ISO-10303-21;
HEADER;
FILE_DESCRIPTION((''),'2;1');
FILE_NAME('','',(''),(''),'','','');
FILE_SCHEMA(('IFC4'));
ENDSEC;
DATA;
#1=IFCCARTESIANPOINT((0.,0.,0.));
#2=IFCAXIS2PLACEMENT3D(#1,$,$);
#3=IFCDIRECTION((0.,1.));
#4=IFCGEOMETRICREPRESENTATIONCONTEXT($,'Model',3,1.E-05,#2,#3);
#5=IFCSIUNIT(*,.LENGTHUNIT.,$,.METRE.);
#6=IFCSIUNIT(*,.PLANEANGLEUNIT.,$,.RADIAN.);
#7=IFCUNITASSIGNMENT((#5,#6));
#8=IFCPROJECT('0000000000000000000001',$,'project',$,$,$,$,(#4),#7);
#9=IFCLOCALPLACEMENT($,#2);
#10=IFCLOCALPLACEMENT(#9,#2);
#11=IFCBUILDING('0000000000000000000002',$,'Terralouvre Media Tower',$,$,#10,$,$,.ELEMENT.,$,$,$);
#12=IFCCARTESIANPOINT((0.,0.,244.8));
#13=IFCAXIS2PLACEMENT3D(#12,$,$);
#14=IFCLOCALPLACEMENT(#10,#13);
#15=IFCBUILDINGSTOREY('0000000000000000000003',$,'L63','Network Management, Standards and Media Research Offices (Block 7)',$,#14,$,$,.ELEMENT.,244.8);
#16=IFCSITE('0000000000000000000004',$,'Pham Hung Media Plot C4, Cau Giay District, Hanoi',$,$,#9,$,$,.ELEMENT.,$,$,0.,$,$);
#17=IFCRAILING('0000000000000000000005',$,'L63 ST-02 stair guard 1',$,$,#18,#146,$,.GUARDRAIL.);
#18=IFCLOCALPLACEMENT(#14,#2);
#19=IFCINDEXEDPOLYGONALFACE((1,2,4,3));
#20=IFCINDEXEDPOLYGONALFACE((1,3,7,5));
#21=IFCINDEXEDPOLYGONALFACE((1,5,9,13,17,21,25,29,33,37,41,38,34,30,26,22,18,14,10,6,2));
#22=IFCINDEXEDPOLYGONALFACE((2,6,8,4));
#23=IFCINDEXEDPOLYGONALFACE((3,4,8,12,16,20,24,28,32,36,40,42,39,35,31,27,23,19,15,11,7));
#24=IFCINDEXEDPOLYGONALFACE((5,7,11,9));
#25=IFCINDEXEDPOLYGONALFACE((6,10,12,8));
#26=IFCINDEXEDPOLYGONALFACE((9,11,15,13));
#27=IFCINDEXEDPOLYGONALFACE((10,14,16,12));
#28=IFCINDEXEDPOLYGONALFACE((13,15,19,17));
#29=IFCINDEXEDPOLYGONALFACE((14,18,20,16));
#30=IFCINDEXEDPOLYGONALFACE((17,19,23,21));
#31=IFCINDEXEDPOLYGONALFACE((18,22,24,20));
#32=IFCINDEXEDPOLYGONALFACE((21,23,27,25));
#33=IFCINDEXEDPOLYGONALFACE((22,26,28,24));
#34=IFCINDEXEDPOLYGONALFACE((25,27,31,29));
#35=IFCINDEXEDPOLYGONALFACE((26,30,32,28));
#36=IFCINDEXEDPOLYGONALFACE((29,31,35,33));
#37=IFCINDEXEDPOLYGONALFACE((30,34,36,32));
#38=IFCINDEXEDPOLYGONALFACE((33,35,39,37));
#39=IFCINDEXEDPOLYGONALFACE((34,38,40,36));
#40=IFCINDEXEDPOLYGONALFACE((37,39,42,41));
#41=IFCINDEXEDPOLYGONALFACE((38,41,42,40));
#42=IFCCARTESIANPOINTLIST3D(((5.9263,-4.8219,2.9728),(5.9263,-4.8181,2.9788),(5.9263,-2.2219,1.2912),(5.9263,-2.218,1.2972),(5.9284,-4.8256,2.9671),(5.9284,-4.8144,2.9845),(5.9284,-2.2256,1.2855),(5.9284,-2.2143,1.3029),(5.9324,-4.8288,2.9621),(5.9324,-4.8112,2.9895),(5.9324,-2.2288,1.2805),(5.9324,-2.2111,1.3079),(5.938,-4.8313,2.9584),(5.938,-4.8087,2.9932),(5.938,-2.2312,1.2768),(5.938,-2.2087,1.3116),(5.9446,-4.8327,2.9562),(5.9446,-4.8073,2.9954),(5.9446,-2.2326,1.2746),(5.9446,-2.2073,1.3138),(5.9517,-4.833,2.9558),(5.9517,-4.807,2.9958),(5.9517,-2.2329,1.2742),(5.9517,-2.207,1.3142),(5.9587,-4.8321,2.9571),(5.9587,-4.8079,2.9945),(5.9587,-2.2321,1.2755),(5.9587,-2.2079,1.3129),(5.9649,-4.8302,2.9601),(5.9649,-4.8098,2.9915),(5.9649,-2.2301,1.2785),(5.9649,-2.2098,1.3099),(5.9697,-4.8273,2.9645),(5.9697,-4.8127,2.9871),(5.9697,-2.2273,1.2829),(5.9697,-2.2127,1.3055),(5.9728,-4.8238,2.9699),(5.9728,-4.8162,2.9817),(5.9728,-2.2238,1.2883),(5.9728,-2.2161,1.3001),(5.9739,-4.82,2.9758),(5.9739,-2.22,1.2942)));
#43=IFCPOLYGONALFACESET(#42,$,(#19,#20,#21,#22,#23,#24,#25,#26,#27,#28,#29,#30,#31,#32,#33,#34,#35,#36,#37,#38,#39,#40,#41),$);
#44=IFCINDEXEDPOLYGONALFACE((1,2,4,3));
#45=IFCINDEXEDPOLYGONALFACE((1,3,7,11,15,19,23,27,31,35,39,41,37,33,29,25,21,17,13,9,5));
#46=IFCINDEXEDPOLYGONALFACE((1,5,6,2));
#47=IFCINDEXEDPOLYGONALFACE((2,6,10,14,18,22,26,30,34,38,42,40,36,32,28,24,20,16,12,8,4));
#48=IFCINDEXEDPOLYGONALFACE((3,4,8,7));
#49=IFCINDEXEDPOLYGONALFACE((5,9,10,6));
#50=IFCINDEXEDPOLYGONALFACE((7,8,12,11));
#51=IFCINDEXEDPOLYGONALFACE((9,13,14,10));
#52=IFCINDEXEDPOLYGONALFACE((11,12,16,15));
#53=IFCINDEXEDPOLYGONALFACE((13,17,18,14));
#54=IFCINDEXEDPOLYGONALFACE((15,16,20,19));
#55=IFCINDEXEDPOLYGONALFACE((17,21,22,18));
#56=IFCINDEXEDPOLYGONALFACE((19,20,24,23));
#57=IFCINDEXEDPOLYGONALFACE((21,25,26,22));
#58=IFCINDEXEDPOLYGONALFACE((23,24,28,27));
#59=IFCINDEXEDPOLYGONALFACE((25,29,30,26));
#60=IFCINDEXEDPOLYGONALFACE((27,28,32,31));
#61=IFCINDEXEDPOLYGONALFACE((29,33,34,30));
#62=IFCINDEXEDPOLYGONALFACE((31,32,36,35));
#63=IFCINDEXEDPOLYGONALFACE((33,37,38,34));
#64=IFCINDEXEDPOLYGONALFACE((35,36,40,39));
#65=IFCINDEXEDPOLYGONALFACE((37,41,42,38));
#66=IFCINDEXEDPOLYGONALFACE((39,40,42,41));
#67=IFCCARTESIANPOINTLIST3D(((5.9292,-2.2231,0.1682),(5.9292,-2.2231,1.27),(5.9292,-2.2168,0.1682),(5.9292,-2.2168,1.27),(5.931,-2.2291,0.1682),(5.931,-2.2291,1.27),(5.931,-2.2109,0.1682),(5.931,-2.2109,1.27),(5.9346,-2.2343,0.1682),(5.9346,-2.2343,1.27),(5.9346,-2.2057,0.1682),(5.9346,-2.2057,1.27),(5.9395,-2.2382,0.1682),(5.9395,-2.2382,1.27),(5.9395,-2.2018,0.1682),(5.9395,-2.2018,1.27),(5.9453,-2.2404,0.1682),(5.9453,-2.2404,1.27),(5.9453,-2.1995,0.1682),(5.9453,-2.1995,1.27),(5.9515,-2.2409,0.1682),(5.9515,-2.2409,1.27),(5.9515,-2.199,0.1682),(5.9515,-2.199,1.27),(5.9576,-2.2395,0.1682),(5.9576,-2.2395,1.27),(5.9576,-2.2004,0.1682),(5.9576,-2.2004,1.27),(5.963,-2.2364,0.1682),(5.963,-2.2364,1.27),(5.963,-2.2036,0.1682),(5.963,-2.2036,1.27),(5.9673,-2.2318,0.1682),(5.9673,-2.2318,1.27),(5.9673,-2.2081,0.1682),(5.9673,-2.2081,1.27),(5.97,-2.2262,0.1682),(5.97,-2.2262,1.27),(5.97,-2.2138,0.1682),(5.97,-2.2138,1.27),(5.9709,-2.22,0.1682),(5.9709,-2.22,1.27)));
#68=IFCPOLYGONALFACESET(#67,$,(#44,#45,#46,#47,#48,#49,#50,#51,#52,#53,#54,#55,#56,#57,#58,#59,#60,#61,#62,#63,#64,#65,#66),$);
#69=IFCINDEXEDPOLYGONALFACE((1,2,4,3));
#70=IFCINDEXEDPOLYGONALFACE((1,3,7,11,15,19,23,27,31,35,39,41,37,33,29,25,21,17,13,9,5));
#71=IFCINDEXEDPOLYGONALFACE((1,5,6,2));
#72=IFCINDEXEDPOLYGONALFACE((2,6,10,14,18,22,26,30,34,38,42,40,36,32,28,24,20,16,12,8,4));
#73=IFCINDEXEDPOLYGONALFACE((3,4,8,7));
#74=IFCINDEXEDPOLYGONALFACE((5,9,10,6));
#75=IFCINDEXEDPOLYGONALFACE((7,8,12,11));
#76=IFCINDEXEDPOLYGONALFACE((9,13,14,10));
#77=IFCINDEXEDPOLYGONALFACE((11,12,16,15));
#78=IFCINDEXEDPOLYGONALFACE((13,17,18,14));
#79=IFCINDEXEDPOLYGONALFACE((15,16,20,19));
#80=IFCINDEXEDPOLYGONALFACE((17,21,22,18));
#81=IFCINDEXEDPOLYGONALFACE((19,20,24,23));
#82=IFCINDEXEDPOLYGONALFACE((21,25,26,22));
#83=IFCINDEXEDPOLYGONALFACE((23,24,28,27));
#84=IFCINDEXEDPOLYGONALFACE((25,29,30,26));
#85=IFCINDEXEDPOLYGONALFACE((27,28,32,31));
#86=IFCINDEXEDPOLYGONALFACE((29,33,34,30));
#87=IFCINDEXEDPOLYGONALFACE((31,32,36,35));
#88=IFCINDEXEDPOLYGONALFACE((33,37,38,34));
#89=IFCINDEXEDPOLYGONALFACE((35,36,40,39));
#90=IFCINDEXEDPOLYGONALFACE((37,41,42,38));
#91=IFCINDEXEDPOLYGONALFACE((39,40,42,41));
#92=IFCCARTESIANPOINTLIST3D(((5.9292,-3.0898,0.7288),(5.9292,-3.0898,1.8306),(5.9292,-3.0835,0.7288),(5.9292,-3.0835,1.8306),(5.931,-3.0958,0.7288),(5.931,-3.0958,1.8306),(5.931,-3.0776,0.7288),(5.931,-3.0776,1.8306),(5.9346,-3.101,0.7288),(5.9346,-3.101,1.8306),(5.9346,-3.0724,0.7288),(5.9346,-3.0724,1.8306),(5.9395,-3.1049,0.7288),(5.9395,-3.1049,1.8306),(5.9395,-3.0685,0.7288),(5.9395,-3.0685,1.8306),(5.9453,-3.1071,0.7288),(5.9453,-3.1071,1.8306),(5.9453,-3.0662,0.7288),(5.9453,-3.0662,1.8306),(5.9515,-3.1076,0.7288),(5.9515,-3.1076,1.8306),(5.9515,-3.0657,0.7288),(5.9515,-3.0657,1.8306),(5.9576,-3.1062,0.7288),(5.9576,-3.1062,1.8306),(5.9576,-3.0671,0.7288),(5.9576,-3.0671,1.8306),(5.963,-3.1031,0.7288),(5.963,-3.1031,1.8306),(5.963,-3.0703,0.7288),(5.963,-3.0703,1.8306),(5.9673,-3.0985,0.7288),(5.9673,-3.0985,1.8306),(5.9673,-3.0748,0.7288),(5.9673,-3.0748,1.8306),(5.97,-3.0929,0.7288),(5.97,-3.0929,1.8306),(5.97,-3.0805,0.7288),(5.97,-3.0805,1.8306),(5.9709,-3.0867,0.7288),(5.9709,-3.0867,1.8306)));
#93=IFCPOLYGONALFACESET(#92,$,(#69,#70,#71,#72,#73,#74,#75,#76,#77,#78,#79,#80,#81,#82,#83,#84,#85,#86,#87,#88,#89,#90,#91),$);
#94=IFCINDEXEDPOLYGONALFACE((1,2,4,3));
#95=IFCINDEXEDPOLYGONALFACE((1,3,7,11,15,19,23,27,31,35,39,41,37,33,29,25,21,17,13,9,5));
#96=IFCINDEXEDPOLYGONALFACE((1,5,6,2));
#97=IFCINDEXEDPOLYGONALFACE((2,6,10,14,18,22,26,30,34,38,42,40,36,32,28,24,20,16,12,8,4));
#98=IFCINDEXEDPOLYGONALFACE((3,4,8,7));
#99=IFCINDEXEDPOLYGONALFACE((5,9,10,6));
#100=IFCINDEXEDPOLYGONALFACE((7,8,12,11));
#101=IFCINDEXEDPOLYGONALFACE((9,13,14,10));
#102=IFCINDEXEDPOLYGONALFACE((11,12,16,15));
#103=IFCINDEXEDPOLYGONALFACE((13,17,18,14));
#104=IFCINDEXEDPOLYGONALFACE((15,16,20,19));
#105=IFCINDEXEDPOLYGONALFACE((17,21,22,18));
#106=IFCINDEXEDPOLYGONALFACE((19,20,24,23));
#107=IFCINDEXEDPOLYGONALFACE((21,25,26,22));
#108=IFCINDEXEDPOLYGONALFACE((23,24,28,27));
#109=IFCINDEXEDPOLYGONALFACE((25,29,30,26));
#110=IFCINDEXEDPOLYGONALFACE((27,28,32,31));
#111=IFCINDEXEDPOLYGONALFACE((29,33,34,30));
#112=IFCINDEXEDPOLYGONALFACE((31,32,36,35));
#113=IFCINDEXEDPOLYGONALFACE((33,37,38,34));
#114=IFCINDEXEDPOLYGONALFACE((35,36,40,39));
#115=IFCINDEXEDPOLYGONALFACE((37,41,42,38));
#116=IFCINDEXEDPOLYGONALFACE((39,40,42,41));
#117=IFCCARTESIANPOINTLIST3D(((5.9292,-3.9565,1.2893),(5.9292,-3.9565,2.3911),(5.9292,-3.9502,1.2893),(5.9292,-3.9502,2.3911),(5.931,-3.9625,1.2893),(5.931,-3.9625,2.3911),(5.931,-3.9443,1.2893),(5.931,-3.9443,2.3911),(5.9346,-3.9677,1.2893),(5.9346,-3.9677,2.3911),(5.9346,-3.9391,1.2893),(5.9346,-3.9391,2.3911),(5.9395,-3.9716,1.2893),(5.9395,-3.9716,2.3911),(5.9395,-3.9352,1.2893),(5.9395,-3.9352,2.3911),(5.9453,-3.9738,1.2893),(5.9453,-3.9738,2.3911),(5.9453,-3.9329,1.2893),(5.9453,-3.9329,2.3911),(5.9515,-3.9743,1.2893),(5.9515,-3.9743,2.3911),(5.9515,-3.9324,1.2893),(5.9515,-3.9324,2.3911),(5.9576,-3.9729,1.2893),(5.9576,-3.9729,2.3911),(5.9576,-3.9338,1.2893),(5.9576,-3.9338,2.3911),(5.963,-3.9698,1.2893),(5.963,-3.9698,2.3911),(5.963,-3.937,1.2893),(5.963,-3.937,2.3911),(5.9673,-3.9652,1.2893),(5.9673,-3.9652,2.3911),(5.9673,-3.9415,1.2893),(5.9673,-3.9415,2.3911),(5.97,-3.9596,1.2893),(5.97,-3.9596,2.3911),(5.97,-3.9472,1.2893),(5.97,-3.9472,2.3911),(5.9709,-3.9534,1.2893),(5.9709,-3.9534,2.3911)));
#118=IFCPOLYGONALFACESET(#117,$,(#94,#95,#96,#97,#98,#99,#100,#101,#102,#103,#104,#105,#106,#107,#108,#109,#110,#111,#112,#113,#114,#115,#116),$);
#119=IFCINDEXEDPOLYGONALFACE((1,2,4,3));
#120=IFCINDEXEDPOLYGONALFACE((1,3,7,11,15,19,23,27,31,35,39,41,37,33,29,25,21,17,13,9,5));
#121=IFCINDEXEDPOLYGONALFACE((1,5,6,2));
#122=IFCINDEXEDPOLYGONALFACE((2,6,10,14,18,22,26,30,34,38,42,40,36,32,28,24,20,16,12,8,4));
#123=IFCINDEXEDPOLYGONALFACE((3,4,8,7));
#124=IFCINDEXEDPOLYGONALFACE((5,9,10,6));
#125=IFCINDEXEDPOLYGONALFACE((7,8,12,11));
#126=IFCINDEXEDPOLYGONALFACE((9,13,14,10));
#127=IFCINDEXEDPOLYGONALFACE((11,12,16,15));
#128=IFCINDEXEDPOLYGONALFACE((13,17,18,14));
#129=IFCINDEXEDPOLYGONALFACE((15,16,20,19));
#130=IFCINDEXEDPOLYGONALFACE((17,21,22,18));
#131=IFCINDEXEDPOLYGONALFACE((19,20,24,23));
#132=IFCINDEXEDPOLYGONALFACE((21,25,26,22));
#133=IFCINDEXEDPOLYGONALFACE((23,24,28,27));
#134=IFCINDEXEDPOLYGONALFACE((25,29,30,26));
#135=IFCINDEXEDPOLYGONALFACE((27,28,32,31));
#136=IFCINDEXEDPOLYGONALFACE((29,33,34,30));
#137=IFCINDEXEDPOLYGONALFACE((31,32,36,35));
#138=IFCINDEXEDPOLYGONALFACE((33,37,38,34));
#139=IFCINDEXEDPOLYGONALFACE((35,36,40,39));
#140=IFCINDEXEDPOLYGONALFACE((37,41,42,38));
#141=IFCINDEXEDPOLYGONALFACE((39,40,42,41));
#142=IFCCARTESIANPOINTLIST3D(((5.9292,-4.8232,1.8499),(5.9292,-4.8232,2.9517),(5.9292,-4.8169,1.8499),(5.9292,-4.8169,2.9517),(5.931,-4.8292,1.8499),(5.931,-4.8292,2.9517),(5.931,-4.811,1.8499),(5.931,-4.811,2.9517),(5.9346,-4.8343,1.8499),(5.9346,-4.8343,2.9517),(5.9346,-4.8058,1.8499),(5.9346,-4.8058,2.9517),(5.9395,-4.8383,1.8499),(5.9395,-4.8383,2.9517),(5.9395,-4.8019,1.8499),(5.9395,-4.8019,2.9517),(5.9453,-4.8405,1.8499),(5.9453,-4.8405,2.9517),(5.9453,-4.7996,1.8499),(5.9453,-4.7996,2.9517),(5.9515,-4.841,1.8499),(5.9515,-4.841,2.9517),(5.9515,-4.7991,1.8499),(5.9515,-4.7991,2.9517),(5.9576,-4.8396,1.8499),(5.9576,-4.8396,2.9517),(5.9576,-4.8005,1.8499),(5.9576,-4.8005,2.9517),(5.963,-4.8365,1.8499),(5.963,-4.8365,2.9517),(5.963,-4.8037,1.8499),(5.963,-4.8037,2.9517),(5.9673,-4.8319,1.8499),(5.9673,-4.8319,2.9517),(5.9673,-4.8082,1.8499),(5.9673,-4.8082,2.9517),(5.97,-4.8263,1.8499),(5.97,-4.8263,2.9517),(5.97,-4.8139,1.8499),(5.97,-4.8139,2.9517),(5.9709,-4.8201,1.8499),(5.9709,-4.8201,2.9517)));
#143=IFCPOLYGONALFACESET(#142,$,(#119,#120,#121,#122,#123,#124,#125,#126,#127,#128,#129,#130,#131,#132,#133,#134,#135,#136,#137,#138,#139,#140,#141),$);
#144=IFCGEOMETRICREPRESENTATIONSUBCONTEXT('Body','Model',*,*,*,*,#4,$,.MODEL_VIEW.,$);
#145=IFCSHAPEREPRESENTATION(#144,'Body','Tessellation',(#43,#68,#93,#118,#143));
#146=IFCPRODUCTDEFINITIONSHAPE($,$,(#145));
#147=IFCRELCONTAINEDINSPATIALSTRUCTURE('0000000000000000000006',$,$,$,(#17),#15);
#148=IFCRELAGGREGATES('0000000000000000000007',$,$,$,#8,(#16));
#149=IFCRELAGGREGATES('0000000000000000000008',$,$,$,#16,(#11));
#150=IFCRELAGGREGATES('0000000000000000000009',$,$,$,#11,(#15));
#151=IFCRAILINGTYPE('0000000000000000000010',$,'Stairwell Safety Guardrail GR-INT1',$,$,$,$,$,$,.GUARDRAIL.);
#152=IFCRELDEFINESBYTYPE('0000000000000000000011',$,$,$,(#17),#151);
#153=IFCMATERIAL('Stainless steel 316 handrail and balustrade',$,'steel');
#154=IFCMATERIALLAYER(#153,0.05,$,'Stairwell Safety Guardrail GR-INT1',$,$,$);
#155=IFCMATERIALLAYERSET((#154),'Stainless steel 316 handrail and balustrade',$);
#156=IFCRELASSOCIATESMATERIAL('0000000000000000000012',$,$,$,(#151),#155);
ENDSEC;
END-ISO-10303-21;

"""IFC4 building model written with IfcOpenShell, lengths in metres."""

from ifc_helpers import new_model, si_unit, direction, frame, origin, origin_2d, place, context, subcontext, project, spatial, circle, extrude, material, layer, layer_set, type_object, element, save


model = new_model("IFC4")

# Units and contexts
model_context = context("Model", 3, precision=1e-05, world=origin(), true_north=direction((0.0, 1.0)))
body_context = subcontext(model_context, "Body", "Model", "MODEL_VIEW")
ifc_project = project(units=[si_unit("LENGTHUNIT", "METRE"), si_unit("PLANEANGLEUNIT", "RADIAN")], contexts=[model_context])

# Site, building, storey
site_placement = place(None, origin())
site = spatial("IfcSite", under=ifc_project, at=site_placement, Name="Pham Hung Media Plot C4, Cau Giay District, Hanoi", CompositionType="ELEMENT", RefElevation=0.0)
building_placement = place(site_placement, origin())
building = spatial("IfcBuilding", under=site, at=building_placement, Name="Terralouvre Media Tower", CompositionType="ELEMENT")
storey_placement = place(building_placement, frame((0.0, 0.0, 244.8)))
storey = spatial("IfcBuildingStorey", under=building, at=storey_placement, Name="L63", Description="Network Management, Standards and Media Research Offices (Block 7)", CompositionType="ELEMENT", Elevation=244.8)

# Railing
ifc_material_1 = material(Name="Stainless steel 316 handrail and balustrade", Category="steel")
ifc_layer_1 = layer(ifc_material_1, 0.05, Name="Stairwell Safety Guardrail GR-INT1")
ifc_layer_set_1 = layer_set([ifc_layer_1], Name="Stainless steel 316 handrail and balustrade")
railing_type_1 = type_object("IfcRailingType", Name="Stairwell Safety Guardrail GR-INT1", PredefinedType="GUARDRAIL", material=ifc_layer_set_1)
railing_1_placement = place(storey_placement, frame((5.95, -2.22, 0.1682)))
element("IfcRailing", 1, at=railing_1_placement, inside=storey, type_object=railing_type_1, Name="L63 ST-02 stair guard 1", PredefinedType="GUARDRAIL", context=body_context, shape_type="SweptSolid", body=[
    extrude(circle(Radius=0.0239, at=origin_2d()), frame((0.0, 0.0, 1.126), z_axis=(0.0, -0.839684, 0.543075), x_axis=(1.0, 0.0, 0.0)), (0.0, 0.0, 1.0), 3.0964),
    extrude(circle(Radius=0.021, at=origin_2d()), origin(), (0.0, 0.0, 1.0), 1.1018),
    extrude(circle(Radius=0.021, at=origin_2d()), frame((0.0, -0.8667, 0.5605)), (0.0, 0.0, 1.0), 1.1018),
    extrude(circle(Radius=0.021, at=origin_2d()), frame((0.0, -1.7334, 1.1211)), (0.0, 0.0, 1.0), 1.1018),
    extrude(circle(Radius=0.021, at=origin_2d()), frame((0.0, -2.6001, 1.6816)), (0.0, 0.0, 1.0), 1.1018),
])

save(model, "model.ifc")
